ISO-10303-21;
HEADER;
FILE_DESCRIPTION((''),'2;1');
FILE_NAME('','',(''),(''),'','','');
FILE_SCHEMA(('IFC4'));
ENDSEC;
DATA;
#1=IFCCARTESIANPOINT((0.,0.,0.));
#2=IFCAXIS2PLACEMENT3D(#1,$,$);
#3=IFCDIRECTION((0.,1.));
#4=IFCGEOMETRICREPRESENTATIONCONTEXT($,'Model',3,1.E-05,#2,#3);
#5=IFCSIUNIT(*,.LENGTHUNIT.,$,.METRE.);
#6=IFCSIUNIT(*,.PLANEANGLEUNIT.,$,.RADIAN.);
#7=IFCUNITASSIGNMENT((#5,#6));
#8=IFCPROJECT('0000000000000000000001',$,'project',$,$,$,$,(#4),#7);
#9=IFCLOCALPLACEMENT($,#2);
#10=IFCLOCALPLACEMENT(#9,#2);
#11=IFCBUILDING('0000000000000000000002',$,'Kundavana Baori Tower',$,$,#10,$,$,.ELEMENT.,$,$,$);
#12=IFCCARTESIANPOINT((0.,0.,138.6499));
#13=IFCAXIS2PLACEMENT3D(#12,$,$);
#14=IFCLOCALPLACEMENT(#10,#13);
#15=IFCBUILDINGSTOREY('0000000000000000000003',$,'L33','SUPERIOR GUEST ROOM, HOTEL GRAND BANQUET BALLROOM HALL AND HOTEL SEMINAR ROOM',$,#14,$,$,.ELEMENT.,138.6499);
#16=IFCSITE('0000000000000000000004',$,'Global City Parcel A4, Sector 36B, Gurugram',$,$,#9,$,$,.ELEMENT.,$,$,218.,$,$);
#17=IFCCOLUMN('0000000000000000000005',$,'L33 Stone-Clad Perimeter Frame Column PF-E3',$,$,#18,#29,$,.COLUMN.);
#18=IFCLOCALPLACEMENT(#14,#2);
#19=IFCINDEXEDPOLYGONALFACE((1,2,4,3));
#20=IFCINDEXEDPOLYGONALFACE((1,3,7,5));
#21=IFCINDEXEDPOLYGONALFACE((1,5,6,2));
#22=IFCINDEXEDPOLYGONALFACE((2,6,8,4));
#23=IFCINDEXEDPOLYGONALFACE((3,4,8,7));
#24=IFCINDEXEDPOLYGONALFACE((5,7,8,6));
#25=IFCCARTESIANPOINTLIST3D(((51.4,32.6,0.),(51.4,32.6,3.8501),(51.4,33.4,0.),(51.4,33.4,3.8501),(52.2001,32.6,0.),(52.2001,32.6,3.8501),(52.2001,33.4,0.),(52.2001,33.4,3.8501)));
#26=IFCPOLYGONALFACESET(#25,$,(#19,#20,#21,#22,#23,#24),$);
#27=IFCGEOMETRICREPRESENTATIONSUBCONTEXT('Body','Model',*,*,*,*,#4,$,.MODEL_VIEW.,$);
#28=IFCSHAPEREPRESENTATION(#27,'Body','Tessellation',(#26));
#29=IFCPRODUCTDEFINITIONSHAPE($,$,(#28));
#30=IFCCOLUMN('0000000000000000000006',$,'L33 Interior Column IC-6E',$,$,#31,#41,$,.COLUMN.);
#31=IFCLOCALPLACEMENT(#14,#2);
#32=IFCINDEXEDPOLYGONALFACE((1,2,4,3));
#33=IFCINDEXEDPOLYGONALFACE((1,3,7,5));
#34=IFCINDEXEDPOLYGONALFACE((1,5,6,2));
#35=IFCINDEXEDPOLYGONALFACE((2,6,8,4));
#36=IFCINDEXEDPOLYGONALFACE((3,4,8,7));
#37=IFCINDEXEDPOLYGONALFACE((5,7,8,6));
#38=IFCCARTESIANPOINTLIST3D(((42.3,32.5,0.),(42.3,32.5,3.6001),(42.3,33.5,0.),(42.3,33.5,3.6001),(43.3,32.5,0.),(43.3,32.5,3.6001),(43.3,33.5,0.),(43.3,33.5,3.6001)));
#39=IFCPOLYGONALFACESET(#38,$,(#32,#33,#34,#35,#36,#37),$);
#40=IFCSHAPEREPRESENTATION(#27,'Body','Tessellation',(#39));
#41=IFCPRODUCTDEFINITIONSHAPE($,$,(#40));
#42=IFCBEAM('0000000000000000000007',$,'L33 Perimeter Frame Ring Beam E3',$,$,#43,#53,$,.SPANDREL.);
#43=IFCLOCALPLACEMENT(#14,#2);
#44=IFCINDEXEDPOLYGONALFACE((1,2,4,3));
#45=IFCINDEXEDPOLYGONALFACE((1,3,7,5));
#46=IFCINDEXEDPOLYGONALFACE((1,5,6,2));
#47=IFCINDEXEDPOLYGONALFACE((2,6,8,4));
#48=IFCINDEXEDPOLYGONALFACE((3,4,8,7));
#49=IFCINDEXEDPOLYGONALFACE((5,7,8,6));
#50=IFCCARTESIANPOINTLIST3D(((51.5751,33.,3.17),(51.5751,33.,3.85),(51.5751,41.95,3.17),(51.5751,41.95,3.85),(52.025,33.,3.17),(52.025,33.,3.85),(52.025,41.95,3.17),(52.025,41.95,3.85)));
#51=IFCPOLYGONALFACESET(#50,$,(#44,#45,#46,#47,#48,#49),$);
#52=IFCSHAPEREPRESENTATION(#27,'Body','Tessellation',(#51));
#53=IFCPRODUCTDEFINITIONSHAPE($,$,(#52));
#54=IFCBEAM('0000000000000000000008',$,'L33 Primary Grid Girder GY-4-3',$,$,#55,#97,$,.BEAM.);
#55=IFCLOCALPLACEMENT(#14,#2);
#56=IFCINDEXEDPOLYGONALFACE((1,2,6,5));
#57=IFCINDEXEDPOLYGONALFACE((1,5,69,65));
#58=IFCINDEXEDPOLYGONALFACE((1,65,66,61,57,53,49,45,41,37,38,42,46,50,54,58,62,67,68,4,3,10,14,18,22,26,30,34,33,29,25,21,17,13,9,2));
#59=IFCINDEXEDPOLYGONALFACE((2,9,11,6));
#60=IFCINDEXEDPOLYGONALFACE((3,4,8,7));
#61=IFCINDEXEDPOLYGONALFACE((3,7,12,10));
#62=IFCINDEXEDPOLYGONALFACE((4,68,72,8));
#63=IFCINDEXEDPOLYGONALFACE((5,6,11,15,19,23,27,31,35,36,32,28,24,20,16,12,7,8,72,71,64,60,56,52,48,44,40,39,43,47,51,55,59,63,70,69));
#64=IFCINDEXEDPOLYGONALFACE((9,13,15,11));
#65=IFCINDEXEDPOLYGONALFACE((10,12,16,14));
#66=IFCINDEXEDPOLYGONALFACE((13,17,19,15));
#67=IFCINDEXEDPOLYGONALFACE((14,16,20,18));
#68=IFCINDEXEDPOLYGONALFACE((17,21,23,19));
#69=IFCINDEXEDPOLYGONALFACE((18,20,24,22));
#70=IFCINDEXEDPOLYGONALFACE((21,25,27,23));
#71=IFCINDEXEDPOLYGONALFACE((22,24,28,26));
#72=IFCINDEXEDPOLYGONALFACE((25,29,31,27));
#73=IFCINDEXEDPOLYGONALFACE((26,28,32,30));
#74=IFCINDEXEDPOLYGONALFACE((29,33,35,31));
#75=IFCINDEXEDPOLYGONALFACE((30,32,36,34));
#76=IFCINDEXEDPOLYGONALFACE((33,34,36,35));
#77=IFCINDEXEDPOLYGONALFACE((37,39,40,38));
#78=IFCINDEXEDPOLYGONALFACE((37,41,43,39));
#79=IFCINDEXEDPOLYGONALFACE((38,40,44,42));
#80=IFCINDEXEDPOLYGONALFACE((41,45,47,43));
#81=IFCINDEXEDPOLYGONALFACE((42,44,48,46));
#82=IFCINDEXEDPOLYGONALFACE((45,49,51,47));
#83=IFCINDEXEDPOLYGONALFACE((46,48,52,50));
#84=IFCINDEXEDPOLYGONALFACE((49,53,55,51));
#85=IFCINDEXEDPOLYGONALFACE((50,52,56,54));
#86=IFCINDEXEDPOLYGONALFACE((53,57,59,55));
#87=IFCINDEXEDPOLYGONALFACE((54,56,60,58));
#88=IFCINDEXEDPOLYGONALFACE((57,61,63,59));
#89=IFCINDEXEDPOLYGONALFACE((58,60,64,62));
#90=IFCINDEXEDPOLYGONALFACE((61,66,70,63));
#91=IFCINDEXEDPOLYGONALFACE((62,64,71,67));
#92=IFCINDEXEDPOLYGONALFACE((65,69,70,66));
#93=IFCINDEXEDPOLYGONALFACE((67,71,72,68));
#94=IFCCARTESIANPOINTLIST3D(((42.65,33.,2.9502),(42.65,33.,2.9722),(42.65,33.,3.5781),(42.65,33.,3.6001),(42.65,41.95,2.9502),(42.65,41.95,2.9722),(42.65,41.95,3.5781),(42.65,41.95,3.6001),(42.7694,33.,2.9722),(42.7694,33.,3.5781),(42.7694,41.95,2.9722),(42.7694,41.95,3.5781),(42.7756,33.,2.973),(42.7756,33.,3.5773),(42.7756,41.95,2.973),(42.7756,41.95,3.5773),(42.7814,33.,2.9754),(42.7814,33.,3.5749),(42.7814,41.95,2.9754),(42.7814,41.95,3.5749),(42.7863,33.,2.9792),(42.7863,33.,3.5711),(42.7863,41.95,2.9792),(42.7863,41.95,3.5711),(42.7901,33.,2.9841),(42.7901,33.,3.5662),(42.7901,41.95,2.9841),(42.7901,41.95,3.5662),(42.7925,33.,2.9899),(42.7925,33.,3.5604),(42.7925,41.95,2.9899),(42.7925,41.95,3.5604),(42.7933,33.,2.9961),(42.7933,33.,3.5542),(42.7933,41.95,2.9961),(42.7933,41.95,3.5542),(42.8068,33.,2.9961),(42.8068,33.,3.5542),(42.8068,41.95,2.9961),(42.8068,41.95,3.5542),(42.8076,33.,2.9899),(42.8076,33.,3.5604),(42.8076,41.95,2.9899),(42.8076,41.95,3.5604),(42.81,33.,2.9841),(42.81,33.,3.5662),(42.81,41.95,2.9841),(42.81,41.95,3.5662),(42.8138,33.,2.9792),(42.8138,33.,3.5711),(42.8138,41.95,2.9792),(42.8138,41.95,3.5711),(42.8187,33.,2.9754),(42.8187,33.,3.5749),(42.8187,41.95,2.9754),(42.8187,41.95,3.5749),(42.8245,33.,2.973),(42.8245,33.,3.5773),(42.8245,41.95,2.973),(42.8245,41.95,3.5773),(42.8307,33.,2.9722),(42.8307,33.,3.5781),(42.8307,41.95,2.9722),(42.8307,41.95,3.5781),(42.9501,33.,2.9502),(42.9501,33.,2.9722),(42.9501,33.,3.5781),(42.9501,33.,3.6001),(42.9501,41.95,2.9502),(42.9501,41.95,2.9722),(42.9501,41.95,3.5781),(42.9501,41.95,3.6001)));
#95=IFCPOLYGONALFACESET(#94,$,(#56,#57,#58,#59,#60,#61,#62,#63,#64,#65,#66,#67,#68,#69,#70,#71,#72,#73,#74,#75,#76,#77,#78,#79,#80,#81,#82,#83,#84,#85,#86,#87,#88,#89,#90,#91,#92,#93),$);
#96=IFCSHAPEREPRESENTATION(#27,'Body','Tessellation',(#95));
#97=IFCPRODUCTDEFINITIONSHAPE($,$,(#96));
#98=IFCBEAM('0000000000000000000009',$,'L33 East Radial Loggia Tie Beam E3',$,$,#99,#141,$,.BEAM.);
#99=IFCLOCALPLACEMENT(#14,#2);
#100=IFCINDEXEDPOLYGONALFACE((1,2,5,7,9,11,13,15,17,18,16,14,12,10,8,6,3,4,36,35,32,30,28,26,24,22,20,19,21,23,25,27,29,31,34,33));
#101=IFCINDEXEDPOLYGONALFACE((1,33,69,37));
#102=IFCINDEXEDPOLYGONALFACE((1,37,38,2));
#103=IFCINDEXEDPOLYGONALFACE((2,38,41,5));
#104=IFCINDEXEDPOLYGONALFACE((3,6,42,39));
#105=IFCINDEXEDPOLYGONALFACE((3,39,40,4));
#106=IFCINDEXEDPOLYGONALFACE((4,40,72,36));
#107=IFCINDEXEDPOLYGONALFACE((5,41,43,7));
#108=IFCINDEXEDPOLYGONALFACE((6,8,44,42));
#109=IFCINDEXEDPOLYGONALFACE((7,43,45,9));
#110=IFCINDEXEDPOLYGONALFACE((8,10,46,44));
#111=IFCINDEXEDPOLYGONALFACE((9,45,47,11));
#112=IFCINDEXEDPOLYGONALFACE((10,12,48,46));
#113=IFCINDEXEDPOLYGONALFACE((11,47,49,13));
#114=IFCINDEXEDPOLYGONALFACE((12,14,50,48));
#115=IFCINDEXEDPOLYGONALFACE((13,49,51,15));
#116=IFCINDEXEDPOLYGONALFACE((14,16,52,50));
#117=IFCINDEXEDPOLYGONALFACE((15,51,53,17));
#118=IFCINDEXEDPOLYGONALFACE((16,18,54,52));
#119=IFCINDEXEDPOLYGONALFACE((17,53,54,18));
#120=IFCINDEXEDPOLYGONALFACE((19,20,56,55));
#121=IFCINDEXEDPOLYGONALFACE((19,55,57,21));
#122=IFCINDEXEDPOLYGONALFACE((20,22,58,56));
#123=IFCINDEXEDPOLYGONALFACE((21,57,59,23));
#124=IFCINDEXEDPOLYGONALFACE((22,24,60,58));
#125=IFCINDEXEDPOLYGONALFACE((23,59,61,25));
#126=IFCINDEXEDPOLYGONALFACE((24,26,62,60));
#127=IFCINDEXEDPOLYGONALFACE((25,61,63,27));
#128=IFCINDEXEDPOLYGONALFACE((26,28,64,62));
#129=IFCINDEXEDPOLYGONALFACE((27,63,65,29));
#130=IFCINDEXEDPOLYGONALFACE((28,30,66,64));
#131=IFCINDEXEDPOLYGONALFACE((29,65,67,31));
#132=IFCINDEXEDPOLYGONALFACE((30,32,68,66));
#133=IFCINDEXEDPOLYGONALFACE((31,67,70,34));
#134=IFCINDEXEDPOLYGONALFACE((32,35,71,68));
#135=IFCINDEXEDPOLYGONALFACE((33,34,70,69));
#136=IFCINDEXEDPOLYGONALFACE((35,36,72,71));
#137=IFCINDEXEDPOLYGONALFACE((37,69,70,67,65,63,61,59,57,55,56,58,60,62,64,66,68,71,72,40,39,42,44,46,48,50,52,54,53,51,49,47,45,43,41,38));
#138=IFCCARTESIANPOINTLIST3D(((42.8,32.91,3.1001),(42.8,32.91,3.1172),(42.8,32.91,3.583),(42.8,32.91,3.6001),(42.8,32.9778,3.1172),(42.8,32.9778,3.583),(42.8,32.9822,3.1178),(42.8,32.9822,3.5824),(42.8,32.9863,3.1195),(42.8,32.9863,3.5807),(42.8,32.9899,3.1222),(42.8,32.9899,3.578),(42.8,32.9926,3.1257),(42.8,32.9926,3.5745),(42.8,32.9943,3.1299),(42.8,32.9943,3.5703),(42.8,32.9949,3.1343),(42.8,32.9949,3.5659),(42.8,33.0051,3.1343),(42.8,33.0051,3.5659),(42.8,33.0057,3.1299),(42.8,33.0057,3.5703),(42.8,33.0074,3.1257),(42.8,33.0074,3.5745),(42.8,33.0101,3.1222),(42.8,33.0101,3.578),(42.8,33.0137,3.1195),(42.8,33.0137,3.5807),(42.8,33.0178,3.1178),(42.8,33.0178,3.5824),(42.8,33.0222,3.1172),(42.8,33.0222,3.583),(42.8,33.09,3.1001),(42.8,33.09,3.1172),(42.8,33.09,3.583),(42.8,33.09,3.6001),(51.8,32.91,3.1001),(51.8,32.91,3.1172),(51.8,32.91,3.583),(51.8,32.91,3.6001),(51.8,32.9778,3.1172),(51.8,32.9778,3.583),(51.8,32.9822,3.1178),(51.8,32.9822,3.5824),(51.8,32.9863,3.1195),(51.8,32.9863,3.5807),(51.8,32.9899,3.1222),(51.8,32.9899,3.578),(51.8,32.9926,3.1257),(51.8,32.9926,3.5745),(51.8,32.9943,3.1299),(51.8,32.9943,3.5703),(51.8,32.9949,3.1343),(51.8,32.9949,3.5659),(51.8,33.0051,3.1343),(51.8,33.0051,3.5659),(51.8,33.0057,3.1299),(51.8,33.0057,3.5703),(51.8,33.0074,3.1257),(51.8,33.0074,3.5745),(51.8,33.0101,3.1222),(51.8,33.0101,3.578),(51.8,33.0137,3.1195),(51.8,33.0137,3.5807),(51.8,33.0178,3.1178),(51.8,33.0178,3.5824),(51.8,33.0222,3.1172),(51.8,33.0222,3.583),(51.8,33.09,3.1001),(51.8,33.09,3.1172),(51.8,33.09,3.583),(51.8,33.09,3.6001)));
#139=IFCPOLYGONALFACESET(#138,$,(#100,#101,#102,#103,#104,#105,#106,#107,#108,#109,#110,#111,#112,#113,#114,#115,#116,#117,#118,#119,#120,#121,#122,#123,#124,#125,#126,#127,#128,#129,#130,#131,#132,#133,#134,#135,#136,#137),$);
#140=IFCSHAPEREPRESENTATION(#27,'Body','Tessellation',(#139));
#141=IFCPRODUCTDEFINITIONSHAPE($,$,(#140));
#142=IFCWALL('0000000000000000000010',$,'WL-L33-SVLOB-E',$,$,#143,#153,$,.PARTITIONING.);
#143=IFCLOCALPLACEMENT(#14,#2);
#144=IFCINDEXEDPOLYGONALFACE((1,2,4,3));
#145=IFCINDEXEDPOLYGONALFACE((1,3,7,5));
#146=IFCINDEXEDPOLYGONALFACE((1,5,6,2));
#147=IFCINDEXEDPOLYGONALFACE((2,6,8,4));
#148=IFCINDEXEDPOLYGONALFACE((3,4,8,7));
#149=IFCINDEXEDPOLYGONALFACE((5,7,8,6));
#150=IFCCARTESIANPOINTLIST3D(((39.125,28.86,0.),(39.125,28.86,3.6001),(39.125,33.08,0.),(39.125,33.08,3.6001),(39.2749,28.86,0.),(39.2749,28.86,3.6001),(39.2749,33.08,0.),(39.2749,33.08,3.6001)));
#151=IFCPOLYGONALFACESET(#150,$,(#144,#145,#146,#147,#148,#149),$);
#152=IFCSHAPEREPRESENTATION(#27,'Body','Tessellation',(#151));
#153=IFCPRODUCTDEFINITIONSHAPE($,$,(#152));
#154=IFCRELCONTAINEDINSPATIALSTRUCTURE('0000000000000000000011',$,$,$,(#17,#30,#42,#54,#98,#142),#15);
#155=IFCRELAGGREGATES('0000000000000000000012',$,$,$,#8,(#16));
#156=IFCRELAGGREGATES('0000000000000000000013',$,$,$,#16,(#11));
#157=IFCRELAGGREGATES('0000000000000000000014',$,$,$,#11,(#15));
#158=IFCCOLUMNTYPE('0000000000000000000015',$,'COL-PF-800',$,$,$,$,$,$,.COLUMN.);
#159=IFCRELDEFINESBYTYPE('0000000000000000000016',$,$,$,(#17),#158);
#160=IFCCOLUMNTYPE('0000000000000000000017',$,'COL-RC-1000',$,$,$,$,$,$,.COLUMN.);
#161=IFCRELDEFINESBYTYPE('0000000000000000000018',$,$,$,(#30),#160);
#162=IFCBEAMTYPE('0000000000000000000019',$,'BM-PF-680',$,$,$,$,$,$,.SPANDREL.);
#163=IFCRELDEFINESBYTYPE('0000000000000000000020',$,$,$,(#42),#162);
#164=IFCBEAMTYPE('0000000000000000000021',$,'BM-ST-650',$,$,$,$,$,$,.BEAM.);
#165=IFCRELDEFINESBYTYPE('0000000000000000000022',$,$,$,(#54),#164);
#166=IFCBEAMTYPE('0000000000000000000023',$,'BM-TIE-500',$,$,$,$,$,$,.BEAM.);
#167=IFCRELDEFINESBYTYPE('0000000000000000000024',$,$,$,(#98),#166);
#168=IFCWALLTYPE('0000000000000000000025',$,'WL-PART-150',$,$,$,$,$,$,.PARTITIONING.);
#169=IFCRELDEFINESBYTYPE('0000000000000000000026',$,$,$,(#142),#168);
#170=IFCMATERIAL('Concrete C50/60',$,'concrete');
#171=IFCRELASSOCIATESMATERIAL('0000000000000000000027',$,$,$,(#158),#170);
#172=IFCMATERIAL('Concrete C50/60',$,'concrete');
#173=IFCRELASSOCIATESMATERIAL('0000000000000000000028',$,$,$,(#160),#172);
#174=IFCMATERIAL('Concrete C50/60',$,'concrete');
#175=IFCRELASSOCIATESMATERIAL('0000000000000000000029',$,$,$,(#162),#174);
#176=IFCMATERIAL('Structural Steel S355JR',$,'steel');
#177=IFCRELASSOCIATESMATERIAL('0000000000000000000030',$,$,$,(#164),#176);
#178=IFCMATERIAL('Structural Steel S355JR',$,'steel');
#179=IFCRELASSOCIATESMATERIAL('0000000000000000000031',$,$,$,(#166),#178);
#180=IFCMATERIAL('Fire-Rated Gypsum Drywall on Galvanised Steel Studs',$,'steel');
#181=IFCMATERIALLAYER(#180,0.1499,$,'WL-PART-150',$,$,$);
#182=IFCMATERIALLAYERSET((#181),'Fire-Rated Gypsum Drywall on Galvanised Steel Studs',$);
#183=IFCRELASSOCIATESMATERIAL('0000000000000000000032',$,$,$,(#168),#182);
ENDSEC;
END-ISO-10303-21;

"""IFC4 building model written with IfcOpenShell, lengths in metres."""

from ifc_helpers import new_model, si_unit, direction, frame, frame_2d, origin, origin_2d, place, context, subcontext, project, spatial, rectangle, i_section, extrude, material, layer, layer_set, material_profile, profile_set, type_object, element, save


model = new_model("IFC4")

# Units and contexts
model_context = context("Model", 3, precision=1e-05, world=origin(), true_north=direction((0.0, 1.0)))
body_context = subcontext(model_context, "Body", "Model", "MODEL_VIEW")
ifc_project = project(units=[si_unit("LENGTHUNIT", "METRE"), si_unit("PLANEANGLEUNIT", "RADIAN")], contexts=[model_context])

# Site, building, storey
site_placement = place(None, origin())
site = spatial("IfcSite", under=ifc_project, at=site_placement, Name="Global City Parcel A4, Sector 36B, Gurugram", CompositionType="ELEMENT", RefElevation=218.0)
building_placement = place(site_placement, origin())
building = spatial("IfcBuilding", under=site, at=building_placement, Name="Kundavana Baori Tower", CompositionType="ELEMENT")
storey_placement = place(building_placement, frame((0.0, 0.0, 138.6499)))
storey = spatial("IfcBuildingStorey", under=building, at=storey_placement, Name="L33", Description="SUPERIOR GUEST ROOM, HOTEL GRAND BANQUET BALLROOM HALL AND HOTEL SEMINAR ROOM", CompositionType="ELEMENT", Elevation=138.6499)

# Columns
ifc_material_1 = material(Name="Concrete C50/60", Category="concrete")
ifc_material_profile_1 = material_profile(ifc_material_1, rectangle(XDim=0.8, YDim=0.8, at=origin_2d()), Name="RC PF 800x800")
ifc_profile_set_1 = profile_set([ifc_material_profile_1], Name="Concrete C50/60")
column_type_1 = type_object("IfcColumnType", Name="COL-PF-800", PredefinedType="COLUMN", material=ifc_profile_set_1)
column_1_placement = place(storey_placement, frame((51.8, 33.0, 0.0), z_axis=(0.0, 0.0, 1.0), x_axis=(1.0, 0.0, 0.0)))
element("IfcColumn", 1, at=column_1_placement, inside=storey, type_object=column_type_1, Name="L33 Stone-Clad Perimeter Frame Column PF-E3", PredefinedType="COLUMN", context=body_context, shape_type="SweptSolid", body=[
    extrude(rectangle(XDim=0.8, YDim=0.8, at=origin_2d()), origin(), (0.0, 0.0, 1.0), 3.8501),
])
ifc_material_2 = material(Name="Concrete C50/60", Category="concrete")
ifc_material_profile_2 = material_profile(ifc_material_2, rectangle(XDim=1.0, YDim=1.0, at=origin_2d()), Name="RC 1000x1000")
ifc_profile_set_2 = profile_set([ifc_material_profile_2], Name="Concrete C50/60")
column_type_2 = type_object("IfcColumnType", Name="COL-RC-1000", PredefinedType="COLUMN", material=ifc_profile_set_2)
column_2_placement = place(storey_placement, frame((42.8, 33.0, 0.0), z_axis=(0.0, 0.0, 1.0), x_axis=(1.0, 0.0, 0.0)))
element("IfcColumn", 2, at=column_2_placement, inside=storey, type_object=column_type_2, Name="L33 Interior Column IC-6E", PredefinedType="COLUMN", context=body_context, shape_type="SweptSolid", body=[
    extrude(rectangle(XDim=1.0, YDim=1.0, at=origin_2d()), origin(), (0.0, 0.0, 1.0), 3.6001),
])

# Beams
ifc_material_3 = material(Name="Concrete C50/60", Category="concrete")
ifc_material_profile_3 = material_profile(ifc_material_3, rectangle(XDim=0.45, YDim=0.6799, at=origin_2d()), Name="RC BM 450x680")
ifc_profile_set_3 = profile_set([ifc_material_profile_3], Name="Concrete C50/60")
beam_type_1 = type_object("IfcBeamType", Name="BM-PF-680", PredefinedType="SPANDREL", material=ifc_profile_set_3)
beam_1_placement = place(storey_placement, frame((51.8, 33.0, 3.51), z_axis=(0.0, 1.0, 0.0), x_axis=(-1.0, 0.0, 0.0)))
element("IfcBeam", 3, at=beam_1_placement, inside=storey, type_object=beam_type_1, Name="L33 Perimeter Frame Ring Beam E3", PredefinedType="SPANDREL", context=body_context, shape_type="SweptSolid", body=[
    extrude(rectangle(XDim=0.45, YDim=0.6799, at=origin_2d()), origin(), (0.0, 0.0, 1.0), 8.95),
])
ifc_material_4 = material(Name="Structural Steel S355JR", Category="steel")
ifc_material_profile_4 = material_profile(ifc_material_4, i_section(OverallWidth=0.3, OverallDepth=0.6499, WebThickness=0.0134, FlangeThickness=0.022, FilletRadius=0.0239, at=origin_2d()), Name="NPB 650x300x155")
ifc_profile_set_4 = profile_set([ifc_material_profile_4], Name="Structural Steel S355JR")
beam_type_2 = type_object("IfcBeamType", Name="BM-ST-650", PredefinedType="BEAM", material=ifc_profile_set_4)
beam_2_placement = place(storey_placement, frame((42.8, 33.0, 3.2751), z_axis=(0.0, 1.0, 0.0), x_axis=(-1.0, 0.0, 0.0)))
element("IfcBeam", 4, at=beam_2_placement, inside=storey, type_object=beam_type_2, Name="L33 Primary Grid Girder GY-4-3", PredefinedType="BEAM", context=body_context, shape_type="SweptSolid", body=[
    extrude(i_section(OverallWidth=0.3, OverallDepth=0.6499, WebThickness=0.0134, FlangeThickness=0.022, FilletRadius=0.0239, at=origin_2d()), origin(), (0.0, 0.0, 1.0), 8.95),
])
ifc_material_5 = material(Name="Structural Steel S355JR", Category="steel")
ifc_material_profile_5 = material_profile(ifc_material_5, i_section(OverallWidth=0.1799, OverallDepth=0.5, WebThickness=0.0103, FlangeThickness=0.0171, FilletRadius=0.0171, at=origin_2d()), Name="ISMB 500")
ifc_profile_set_5 = profile_set([ifc_material_profile_5], Name="Structural Steel S355JR")
beam_type_3 = type_object("IfcBeamType", Name="BM-TIE-500", PredefinedType="BEAM", material=ifc_profile_set_5)
beam_3_placement = place(storey_placement, frame((42.8, 33.0, 3.3501), z_axis=(1.0, 0.0, 0.0), x_axis=(0.0, 1.0, 0.0)))
element("IfcBeam", 5, at=beam_3_placement, inside=storey, type_object=beam_type_3, Name="L33 East Radial Loggia Tie Beam E3", PredefinedType="BEAM", context=body_context, shape_type="SweptSolid", body=[
    extrude(i_section(OverallWidth=0.1799, OverallDepth=0.5, WebThickness=0.0103, FlangeThickness=0.0171, FilletRadius=0.0171, at=origin_2d()), origin(), (0.0, 0.0, 1.0), 9.0),
])

# Wall
ifc_material_6 = material(Name="Fire-Rated Gypsum Drywall on Galvanised Steel Studs", Category="steel")
ifc_layer_1 = layer(ifc_material_6, 0.1499, Name="WL-PART-150")
ifc_layer_set_1 = layer_set([ifc_layer_1], Name="Fire-Rated Gypsum Drywall on Galvanised Steel Studs")
wall_type_1 = type_object("IfcWallType", Name="WL-PART-150", PredefinedType="PARTITIONING", material=ifc_layer_set_1)
wall_1_placement = place(storey_placement, frame((39.2, 28.8601, 0.0), z_axis=(0.0, 0.0, 1.0), x_axis=(0.0, 1.0, 0.0)))
element("IfcWall", 6, at=wall_1_placement, inside=storey, type_object=wall_type_1, Name="WL-L33-SVLOB-E", PredefinedType="PARTITIONING", context=body_context, shape_type="SweptSolid", body=[
    extrude(rectangle(XDim=4.22, YDim=0.1499, at=frame_2d((2.1099, 0.0))), origin(), (0.0, 0.0, 1.0), 3.6001),
])

save(model, "model.ifc")
